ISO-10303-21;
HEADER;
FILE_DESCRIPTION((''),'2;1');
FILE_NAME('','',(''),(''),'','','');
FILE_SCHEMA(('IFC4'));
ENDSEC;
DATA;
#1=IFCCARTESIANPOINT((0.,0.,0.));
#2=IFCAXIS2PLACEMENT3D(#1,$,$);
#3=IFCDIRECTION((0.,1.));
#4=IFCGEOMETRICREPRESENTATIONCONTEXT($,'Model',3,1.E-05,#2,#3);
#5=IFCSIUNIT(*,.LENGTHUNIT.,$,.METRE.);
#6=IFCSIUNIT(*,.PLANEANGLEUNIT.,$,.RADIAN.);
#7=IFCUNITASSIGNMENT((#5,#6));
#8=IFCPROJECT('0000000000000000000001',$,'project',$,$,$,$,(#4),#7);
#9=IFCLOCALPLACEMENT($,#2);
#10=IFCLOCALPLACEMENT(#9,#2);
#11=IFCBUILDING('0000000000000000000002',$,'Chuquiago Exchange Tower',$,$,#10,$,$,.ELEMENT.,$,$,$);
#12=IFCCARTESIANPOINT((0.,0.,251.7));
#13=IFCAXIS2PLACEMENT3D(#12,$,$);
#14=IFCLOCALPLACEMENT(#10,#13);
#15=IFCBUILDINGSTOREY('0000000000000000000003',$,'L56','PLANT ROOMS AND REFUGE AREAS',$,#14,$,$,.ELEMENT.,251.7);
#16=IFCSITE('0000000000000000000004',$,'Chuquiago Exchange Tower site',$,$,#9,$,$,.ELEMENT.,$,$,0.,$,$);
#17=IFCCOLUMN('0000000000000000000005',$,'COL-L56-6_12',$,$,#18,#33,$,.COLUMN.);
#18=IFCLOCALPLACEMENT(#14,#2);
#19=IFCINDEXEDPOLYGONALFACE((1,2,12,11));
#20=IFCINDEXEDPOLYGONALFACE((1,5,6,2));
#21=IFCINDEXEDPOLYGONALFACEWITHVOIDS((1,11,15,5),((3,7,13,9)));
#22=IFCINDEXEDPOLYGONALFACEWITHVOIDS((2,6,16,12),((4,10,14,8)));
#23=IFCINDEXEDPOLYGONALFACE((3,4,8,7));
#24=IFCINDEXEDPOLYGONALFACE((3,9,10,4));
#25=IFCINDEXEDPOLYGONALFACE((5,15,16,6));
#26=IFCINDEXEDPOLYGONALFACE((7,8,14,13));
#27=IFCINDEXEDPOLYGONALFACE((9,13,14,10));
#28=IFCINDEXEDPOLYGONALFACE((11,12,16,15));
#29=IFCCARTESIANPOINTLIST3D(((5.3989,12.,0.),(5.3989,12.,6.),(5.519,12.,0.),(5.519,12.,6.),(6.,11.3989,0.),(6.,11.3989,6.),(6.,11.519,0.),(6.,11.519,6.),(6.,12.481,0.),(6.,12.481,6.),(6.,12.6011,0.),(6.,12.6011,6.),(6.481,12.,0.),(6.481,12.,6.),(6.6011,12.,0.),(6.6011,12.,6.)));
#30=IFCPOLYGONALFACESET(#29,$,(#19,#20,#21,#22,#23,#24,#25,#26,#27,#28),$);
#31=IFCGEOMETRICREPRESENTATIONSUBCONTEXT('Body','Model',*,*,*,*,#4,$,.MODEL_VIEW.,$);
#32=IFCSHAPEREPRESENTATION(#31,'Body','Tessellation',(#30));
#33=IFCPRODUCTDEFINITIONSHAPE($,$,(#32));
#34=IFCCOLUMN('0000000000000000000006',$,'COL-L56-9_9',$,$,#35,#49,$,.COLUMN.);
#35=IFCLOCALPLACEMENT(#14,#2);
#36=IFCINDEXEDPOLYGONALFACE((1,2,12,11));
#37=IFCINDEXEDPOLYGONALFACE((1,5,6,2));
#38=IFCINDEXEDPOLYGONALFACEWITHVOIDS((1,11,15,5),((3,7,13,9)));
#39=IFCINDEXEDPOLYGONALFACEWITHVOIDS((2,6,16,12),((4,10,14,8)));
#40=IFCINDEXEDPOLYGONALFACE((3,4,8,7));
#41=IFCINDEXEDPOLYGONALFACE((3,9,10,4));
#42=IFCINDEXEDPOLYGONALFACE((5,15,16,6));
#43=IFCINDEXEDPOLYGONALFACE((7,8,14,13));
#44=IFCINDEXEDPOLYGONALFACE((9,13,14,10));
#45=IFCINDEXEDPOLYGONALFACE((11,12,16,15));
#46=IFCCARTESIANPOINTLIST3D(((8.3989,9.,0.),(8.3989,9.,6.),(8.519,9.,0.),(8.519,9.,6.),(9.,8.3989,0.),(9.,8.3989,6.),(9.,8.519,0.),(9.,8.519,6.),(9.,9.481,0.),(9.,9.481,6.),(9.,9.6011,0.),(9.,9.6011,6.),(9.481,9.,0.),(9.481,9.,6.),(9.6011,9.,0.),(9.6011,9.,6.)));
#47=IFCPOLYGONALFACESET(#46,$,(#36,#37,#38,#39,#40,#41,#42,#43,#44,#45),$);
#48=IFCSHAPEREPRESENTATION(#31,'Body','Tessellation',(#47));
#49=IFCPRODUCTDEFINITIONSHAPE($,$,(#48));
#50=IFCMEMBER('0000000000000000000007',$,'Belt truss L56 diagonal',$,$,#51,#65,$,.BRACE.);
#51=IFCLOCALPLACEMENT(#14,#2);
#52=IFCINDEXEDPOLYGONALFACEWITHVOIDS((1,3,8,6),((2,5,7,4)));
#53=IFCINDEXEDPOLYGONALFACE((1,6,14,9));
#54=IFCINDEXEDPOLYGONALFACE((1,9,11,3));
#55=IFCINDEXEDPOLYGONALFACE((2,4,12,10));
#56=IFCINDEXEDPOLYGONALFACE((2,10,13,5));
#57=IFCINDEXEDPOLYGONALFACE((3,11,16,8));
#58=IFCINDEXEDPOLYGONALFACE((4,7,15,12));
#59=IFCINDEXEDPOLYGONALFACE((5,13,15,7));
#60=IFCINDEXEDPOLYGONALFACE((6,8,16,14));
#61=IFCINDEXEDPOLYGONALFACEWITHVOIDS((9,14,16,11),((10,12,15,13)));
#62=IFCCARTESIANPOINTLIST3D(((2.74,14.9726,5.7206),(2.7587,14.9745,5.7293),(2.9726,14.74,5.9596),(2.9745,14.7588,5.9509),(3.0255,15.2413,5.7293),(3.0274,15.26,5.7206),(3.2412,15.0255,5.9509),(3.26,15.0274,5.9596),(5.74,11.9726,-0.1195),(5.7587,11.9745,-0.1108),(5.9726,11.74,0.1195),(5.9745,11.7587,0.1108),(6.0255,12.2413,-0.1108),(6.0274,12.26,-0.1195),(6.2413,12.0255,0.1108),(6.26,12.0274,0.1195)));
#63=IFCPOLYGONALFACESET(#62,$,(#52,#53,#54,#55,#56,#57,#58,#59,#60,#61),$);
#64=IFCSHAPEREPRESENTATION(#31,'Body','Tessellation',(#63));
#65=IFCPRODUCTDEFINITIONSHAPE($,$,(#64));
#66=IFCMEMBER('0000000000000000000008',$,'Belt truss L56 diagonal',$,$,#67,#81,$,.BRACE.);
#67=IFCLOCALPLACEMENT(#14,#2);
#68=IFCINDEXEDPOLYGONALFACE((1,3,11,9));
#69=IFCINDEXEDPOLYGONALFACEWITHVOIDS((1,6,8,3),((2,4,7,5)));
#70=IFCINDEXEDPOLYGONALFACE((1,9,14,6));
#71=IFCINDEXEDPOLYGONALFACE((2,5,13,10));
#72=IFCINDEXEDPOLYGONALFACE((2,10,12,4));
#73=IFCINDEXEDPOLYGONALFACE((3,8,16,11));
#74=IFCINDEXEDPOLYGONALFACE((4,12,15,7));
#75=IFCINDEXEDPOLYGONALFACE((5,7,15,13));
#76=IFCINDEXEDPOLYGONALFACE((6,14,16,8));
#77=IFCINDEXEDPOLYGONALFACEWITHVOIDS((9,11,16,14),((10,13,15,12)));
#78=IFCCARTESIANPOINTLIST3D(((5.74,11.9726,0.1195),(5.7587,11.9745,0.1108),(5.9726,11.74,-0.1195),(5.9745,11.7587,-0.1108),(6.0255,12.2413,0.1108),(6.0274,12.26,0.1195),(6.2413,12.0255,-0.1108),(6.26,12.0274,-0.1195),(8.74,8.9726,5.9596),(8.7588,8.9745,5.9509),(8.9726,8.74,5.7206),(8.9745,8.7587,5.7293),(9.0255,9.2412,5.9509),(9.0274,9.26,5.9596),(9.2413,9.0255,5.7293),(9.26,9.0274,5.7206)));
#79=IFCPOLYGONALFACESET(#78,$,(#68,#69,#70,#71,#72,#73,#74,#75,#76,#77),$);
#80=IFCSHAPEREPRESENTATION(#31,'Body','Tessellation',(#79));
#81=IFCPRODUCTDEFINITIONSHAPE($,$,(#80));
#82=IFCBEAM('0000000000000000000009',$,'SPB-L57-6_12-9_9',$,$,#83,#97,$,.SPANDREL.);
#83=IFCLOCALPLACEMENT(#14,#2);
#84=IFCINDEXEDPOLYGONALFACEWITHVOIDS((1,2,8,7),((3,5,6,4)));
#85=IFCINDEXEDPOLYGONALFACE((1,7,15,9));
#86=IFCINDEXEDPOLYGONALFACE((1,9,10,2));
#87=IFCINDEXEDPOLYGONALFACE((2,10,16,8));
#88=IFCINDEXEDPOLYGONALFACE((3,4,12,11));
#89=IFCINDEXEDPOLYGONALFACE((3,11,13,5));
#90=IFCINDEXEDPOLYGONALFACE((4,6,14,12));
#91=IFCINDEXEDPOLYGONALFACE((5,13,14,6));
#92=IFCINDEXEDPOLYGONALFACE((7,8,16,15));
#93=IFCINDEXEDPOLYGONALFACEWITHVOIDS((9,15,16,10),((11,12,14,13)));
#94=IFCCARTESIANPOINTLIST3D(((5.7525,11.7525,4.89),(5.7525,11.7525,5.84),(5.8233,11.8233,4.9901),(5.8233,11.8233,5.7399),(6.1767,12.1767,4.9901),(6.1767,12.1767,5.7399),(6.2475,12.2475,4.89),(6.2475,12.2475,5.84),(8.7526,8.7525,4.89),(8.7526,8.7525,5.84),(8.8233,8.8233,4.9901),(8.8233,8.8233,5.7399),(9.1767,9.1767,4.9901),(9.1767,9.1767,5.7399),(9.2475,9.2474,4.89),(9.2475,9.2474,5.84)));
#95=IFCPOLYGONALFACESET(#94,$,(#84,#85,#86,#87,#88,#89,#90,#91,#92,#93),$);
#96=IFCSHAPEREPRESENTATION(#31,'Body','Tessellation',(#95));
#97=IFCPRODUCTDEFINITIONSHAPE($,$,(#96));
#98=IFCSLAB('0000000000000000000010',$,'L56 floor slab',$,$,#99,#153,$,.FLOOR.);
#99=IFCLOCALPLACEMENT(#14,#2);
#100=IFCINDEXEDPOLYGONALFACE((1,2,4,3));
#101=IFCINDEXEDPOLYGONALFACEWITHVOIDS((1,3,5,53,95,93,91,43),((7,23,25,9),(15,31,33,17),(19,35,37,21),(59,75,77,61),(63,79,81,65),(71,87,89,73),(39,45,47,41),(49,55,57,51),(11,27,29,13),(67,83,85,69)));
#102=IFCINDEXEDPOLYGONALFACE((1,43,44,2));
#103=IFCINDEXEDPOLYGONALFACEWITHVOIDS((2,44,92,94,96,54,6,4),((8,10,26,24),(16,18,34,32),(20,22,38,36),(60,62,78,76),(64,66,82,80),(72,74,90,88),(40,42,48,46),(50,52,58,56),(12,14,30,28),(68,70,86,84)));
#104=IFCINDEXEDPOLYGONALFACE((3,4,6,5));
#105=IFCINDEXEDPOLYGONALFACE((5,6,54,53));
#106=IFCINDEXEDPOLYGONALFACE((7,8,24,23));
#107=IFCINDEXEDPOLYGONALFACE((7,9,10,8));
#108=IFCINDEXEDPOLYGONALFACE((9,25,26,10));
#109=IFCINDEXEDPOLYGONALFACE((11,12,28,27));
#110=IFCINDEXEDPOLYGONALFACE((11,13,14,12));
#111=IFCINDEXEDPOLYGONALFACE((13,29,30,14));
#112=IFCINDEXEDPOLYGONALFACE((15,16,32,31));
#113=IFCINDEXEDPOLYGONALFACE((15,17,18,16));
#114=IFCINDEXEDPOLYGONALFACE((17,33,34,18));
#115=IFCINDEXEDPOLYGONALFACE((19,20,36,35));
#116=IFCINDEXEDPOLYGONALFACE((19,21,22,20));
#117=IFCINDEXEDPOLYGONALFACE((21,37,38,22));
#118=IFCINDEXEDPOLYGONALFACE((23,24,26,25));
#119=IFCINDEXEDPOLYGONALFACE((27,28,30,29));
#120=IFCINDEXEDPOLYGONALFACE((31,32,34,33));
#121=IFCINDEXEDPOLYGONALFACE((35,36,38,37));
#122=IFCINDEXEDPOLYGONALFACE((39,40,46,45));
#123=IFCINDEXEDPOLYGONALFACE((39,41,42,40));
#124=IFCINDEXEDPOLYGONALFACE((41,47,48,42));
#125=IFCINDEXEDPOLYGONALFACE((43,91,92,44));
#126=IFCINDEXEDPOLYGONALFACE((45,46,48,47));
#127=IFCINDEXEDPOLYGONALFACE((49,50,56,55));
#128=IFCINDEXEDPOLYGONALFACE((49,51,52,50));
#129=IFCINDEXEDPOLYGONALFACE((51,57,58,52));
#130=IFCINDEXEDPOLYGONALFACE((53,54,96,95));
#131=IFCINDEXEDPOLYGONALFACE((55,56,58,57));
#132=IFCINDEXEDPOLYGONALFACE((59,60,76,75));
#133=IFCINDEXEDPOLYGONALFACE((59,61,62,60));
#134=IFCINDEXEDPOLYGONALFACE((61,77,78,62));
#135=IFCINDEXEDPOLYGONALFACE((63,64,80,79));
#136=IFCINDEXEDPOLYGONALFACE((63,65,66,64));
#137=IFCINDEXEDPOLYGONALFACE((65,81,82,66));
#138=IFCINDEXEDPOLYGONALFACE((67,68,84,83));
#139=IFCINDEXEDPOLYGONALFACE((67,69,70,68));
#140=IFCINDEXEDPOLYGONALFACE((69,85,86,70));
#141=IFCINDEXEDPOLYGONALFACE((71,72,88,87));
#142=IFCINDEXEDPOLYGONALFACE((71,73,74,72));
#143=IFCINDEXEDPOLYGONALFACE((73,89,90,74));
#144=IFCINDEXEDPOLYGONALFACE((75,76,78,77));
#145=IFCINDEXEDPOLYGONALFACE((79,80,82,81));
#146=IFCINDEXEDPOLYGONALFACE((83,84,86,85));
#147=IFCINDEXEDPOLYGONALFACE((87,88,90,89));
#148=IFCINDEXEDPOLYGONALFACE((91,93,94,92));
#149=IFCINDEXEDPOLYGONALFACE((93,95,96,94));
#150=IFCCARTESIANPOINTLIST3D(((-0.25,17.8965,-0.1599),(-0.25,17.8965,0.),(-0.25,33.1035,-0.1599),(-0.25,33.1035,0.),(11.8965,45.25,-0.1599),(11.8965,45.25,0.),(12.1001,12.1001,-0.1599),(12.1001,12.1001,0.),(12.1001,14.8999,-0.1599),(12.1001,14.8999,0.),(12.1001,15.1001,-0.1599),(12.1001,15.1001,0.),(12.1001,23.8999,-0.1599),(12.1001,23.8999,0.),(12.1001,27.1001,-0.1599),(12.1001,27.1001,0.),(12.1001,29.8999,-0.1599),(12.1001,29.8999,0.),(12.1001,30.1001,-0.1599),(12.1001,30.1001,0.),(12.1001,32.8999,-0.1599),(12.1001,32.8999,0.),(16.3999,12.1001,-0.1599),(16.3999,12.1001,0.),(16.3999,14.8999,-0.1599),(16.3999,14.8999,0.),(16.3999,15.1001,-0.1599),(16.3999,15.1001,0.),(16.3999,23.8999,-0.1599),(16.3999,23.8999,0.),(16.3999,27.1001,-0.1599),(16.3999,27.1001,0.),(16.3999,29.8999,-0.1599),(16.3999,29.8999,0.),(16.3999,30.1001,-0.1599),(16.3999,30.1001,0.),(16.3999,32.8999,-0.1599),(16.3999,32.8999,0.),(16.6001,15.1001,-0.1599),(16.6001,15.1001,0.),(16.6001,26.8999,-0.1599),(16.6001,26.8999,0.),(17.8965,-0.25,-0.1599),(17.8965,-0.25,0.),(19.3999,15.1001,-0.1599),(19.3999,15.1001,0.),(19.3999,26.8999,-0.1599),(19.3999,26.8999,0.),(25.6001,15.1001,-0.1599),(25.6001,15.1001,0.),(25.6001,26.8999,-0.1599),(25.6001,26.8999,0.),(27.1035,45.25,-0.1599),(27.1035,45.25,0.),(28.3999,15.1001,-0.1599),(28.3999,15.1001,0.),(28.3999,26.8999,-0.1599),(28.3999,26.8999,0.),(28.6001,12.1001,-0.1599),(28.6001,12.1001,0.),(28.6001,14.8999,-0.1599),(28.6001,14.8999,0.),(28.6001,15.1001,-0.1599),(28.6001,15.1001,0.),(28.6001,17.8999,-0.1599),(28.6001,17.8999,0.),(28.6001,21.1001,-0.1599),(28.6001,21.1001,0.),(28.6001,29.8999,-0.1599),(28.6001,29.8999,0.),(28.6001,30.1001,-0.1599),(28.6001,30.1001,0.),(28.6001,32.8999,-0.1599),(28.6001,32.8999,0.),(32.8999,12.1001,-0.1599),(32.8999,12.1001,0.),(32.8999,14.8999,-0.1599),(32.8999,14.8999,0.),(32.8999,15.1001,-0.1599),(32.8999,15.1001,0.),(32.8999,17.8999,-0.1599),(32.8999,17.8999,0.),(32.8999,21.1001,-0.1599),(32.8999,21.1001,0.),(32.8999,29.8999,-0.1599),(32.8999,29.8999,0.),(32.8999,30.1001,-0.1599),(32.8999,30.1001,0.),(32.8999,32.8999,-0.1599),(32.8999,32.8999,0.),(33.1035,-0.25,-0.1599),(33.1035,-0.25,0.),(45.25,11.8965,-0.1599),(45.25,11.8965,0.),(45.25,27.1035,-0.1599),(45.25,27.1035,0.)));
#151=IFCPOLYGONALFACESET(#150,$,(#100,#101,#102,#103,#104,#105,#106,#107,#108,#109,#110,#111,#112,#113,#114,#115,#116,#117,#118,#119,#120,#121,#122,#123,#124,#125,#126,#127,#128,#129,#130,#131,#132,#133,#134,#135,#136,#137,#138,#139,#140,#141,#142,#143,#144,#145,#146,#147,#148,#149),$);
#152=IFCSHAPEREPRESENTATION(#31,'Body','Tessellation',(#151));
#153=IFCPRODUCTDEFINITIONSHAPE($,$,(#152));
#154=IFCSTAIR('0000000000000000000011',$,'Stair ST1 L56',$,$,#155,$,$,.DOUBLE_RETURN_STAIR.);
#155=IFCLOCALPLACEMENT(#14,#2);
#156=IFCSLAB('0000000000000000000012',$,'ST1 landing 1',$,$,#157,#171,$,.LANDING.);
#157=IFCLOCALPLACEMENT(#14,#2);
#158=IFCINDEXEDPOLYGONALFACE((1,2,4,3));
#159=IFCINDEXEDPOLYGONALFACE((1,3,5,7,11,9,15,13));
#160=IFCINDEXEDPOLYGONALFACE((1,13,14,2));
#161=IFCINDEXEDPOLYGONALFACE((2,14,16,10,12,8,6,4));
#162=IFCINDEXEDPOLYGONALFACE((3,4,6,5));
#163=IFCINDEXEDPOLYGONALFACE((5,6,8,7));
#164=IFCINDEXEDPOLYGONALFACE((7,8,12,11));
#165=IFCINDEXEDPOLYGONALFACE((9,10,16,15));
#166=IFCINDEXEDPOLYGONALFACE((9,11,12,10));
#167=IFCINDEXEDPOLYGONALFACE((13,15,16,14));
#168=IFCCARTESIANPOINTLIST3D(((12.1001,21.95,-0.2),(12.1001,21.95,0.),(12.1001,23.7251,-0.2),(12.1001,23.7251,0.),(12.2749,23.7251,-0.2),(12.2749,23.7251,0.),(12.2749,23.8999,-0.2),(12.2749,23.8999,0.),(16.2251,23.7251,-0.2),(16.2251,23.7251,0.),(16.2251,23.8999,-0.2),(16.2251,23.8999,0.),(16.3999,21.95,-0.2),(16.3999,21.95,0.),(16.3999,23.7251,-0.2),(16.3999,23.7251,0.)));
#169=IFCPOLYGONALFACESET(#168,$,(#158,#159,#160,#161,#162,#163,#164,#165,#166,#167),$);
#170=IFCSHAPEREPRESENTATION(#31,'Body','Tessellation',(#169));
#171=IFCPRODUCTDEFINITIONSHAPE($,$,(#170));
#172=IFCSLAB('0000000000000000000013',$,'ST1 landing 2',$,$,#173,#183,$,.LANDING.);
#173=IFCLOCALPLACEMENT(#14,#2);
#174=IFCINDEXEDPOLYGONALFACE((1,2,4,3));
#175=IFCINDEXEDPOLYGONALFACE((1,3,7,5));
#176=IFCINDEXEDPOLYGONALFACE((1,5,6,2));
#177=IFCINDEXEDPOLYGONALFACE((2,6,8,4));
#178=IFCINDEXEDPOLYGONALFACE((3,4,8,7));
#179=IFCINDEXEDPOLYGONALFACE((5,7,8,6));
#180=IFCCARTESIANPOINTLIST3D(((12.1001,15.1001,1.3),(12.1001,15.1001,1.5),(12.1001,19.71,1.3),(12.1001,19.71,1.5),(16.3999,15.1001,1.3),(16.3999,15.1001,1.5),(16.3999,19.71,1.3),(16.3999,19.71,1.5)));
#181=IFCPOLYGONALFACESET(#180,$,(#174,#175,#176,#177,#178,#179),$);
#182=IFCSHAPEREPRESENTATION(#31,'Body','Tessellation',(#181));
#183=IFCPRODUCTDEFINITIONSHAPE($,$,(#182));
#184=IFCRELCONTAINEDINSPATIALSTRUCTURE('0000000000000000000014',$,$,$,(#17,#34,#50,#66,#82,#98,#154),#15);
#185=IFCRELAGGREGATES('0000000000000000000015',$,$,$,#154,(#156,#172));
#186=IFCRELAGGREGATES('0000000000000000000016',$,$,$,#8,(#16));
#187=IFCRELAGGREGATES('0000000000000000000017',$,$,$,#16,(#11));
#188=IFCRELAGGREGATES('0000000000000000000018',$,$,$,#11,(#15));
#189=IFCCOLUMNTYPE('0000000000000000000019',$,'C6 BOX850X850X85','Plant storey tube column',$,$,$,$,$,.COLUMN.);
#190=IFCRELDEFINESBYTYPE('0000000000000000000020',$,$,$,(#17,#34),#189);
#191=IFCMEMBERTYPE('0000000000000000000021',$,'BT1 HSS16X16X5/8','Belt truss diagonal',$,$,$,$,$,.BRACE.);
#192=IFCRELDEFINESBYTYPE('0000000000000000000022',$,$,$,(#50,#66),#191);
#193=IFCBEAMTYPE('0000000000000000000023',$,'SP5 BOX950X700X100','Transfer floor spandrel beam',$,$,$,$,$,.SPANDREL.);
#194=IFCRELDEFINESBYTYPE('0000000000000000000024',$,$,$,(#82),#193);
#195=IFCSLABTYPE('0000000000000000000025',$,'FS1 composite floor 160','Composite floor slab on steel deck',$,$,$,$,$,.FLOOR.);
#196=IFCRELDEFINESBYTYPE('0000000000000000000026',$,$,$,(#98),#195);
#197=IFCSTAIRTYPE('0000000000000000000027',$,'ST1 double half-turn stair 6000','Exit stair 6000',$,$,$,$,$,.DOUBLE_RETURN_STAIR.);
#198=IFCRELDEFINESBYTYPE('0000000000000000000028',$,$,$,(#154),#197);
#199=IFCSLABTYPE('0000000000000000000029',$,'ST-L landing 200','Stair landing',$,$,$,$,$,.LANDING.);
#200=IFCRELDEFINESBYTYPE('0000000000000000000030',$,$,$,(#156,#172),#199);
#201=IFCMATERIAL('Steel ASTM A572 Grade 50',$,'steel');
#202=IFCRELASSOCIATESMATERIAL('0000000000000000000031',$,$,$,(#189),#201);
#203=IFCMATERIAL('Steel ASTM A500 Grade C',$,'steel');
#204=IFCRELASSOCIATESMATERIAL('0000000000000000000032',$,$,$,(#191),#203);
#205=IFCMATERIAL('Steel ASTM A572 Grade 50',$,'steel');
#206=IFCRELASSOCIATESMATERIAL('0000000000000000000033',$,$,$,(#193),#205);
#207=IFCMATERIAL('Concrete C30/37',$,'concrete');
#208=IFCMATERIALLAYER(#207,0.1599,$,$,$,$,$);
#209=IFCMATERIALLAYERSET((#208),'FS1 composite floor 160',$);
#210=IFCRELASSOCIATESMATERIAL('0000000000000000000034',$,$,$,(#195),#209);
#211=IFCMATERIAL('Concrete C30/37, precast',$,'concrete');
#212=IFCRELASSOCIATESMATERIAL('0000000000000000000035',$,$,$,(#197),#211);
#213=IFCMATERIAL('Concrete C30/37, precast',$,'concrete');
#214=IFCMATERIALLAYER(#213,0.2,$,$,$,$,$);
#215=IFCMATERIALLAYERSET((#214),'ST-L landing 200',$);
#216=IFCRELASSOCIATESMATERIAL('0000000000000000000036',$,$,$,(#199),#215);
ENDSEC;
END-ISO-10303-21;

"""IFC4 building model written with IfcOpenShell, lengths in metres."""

from ifc_helpers import new_model, si_unit, direction, frame, origin, origin_2d, place, context, subcontext, project, spatial, polyline, hollow_rectangle, outline, extrude, material, layer, layer_set, material_profile, profile_set, type_object, element, aggregate, save


model = new_model("IFC4")

# Units and contexts
model_context = context("Model", 3, precision=1e-05, world=origin(), true_north=direction((0.0, 1.0)))
body_context = subcontext(model_context, "Body", "Model", "MODEL_VIEW")
ifc_project = project(units=[si_unit("LENGTHUNIT", "METRE"), si_unit("PLANEANGLEUNIT", "RADIAN")], contexts=[model_context])

# Site, building, storey
site_placement = place(None, origin())
site = spatial("IfcSite", under=ifc_project, at=site_placement, Name="Chuquiago Exchange Tower site", CompositionType="ELEMENT", RefElevation=0.0)
building_placement = place(site_placement, origin())
building = spatial("IfcBuilding", under=site, at=building_placement, Name="Chuquiago Exchange Tower", CompositionType="ELEMENT")
storey_placement = place(building_placement, frame((0.0, 0.0, 251.7)))
storey = spatial("IfcBuildingStorey", under=building, at=storey_placement, Name="L56", Description="PLANT ROOMS AND REFUGE AREAS", CompositionType="ELEMENT", Elevation=251.7)

# Columns
ifc_material_1 = material(Name="Steel ASTM A572 Grade 50", Category="steel")
ifc_material_profile_1 = material_profile(ifc_material_1, hollow_rectangle(XDim=0.8501, YDim=0.8501, WallThickness=0.085, at=origin_2d()), Name="BOX850X850X85")
ifc_profile_set_1 = profile_set([ifc_material_profile_1], Name="Steel ASTM A572 Grade 50")
column_type = type_object("IfcColumnType", Name="C6 BOX850X850X85", Description="Plant storey tube column", PredefinedType="COLUMN", material=ifc_profile_set_1)
for number, where, z_axis, x_axis, name in (
    (1, (6.0, 12.0, 0.0), (0.0, 0.0, 1.0), (-0.707107, -0.707107, 0.0), "COL-L56-6_12"),
    (2, (9.0, 9.0, 0.0), (0.0, 0.0, 1.0), (-0.707107, -0.707107, 0.0), "COL-L56-9_9"),
):
    element("IfcColumn", number, at=place(storey_placement, frame(where, z_axis=z_axis, x_axis=x_axis)), inside=storey, type_object=column_type, Name=name, PredefinedType="COLUMN", context=body_context, shape_type="SweptSolid", body=[
        extrude(hollow_rectangle(XDim=0.8501, YDim=0.8501, WallThickness=0.085, at=origin_2d()), origin(), (0.0, 0.0, 1.0), 6.0),
    ])

# Members
ifc_material_2 = material(Name="Steel ASTM A500 Grade C", Category="steel")
ifc_material_profile_2 = material_profile(ifc_material_2, hollow_rectangle(XDim=0.4065, YDim=0.4065, WallThickness=0.0146, at=origin_2d()), Name="HSS16X16X5/8")
ifc_profile_set_2 = profile_set([ifc_material_profile_2], Name="Steel ASTM A500 Grade C")
member_type = type_object("IfcMemberType", Name="BT1 HSS16X16X5/8", Description="Belt truss diagonal", PredefinedType="BRACE", material=ifc_profile_set_2)
for number, where, z_axis, x_axis, name in (
    (3, (6.0, 12.0, 0.0), (-0.415599, 0.415599, 0.809045), (-0.707107, -0.707107, 0.0), "Belt truss L56 diagonal"),
    (4, (6.0, 12.0, 0.0), (0.415599, -0.415599, 0.809045), (0.707107, 0.707107, 0.0), "Belt truss L56 diagonal"),
):
    element("IfcMember", number, at=place(storey_placement, frame(where, z_axis=z_axis, x_axis=x_axis)), inside=storey, type_object=member_type, Name=name, PredefinedType="BRACE", context=body_context, shape_type="SweptSolid", body=[
        extrude(hollow_rectangle(XDim=0.4065, YDim=0.4065, WallThickness=0.0146, at=origin_2d()), origin(), (0.0, 0.0, 1.0), 7.2185),
    ])

# Beam
ifc_material_3 = material(Name="Steel ASTM A572 Grade 50", Category="steel")
ifc_material_profile_3 = material_profile(ifc_material_3, hollow_rectangle(XDim=0.7, YDim=0.95, WallThickness=0.1001, at=origin_2d()), Name="BOX950X700X100")
ifc_profile_set_3 = profile_set([ifc_material_profile_3], Name="Steel ASTM A572 Grade 50")
beam_type = type_object("IfcBeamType", Name="SP5 BOX950X700X100", Description="Transfer floor spandrel beam", PredefinedType="SPANDREL", material=ifc_profile_set_3)
beam_placement = place(storey_placement, frame((6.0, 12.0, 5.365), z_axis=(0.707107, -0.707107, 0.0), x_axis=(0.707107, 0.707107, 0.0)))
element("IfcBeam", 5, at=beam_placement, inside=storey, type_object=beam_type, Name="SPB-L57-6_12-9_9", PredefinedType="SPANDREL", context=body_context, shape_type="SweptSolid", body=[
    extrude(hollow_rectangle(XDim=0.7, YDim=0.95, WallThickness=0.1001, at=origin_2d()), origin(), (0.0, 0.0, 1.0), 4.2427),
])

# Slab
ifc_material_4 = material(Name="Concrete C30/37", Category="concrete")
ifc_layer_1 = layer(ifc_material_4, 0.1599)
ifc_layer_set_1 = layer_set([ifc_layer_1], Name="FS1 composite floor 160")
slab_type_1 = type_object("IfcSlabType", Name="FS1 composite floor 160", Description="Composite floor slab on steel deck", PredefinedType="FLOOR", material=ifc_layer_set_1)
slab_1_placement = place(storey_placement, frame((0.0, 0.0, -0.1599)))
element("IfcSlab", 6, at=slab_1_placement, inside=storey, type_object=slab_type_1, Name="L56 floor slab", PredefinedType="FLOOR", context=body_context, shape_type="SweptSolid", body=[
    extrude(outline(polyline([(17.8965, -0.25), (-0.25, 17.8965), (-0.25, 33.1035), (11.8965, 45.25), (27.1035, 45.25), (45.25, 27.1035), (45.25, 11.8965), (33.1035, -0.25), (17.8965, -0.25)]), holes=[polyline([(16.3999, 15.1001), (12.1001, 15.1001), (12.1001, 23.8999), (16.3999, 23.8999), (16.3999, 15.1001)]), polyline([(32.8999, 21.1001), (28.6001, 21.1001), (28.6001, 29.8999), (32.8999, 29.8999), (32.8999, 21.1001)]), polyline([(16.3999, 12.1001), (12.1001, 12.1001), (12.1001, 14.8999), (16.3999, 14.8999), (16.3999, 12.1001)]), polyline([(16.3999, 30.1001), (12.1001, 30.1001), (12.1001, 32.8999), (16.3999, 32.8999), (16.3999, 30.1001)]), polyline([(32.8999, 12.1001), (28.6001, 12.1001), (28.6001, 14.8999), (32.8999, 14.8999), (32.8999, 12.1001)]), polyline([(32.8999, 30.1001), (28.6001, 30.1001), (28.6001, 32.8999), (32.8999, 32.8999), (32.8999, 30.1001)]), polyline([(16.3999, 27.1001), (12.1001, 27.1001), (12.1001, 29.8999), (16.3999, 29.8999), (16.3999, 27.1001)]), polyline([(32.8999, 15.1001), (28.6001, 15.1001), (28.6001, 17.8999), (32.8999, 17.8999), (32.8999, 15.1001)]), polyline([(19.3999, 15.1001), (16.6001, 15.1001), (16.6001, 26.8999), (19.3999, 26.8999), (19.3999, 15.1001)]), polyline([(28.3999, 15.1001), (25.6001, 15.1001), (25.6001, 26.8999), (28.3999, 26.8999), (28.3999, 15.1001)])]), origin(), (0.0, 0.0, 1.0), 0.1599),
])

# Stair, slabs
ifc_material_5 = material(Name="Concrete C30/37, precast", Category="concrete")
stair_type_1 = type_object("IfcStairType", Name="ST1 double half-turn stair 6000", Description="Exit stair 6000", PredefinedType="DOUBLE_RETURN_STAIR", material=ifc_material_5)
stair_1_placement = place(storey_placement, origin())
stair_1 = element("IfcStair", 7, at=stair_1_placement, inside=storey, type_object=stair_type_1, Name="Stair ST1 L56", PredefinedType="DOUBLE_RETURN_STAIR")
ifc_material_6 = material(Name="Concrete C30/37, precast", Category="concrete")
ifc_layer_2 = layer(ifc_material_6, 0.2)
ifc_layer_set_2 = layer_set([ifc_layer_2], Name="ST-L landing 200")
slab_type_2 = type_object("IfcSlabType", Name="ST-L landing 200", Description="Stair landing", PredefinedType="LANDING", material=ifc_layer_set_2)
slab_2_placement = place(storey_placement, frame((0.0, 0.0, -0.2)))
slab_2 = element("IfcSlab", 8, at=slab_2_placement, type_object=slab_type_2, Name="ST1 landing 1", PredefinedType="LANDING", context=body_context, shape_type="SweptSolid", body=[
    extrude(outline(polyline([(12.2749, 23.8999), (16.2251, 23.8999), (16.2251, 23.7251), (16.3999, 23.7251), (16.3999, 21.95), (12.1001, 21.95), (12.1001, 23.7251), (12.2749, 23.7251), (12.2749, 23.8999)])), origin(), (0.0, 0.0, 1.0), 0.2),
])
slab_3_placement = place(storey_placement, frame((0.0, 0.0, 1.3)))
slab_3 = element("IfcSlab", 9, at=slab_3_placement, type_object=slab_type_2, Name="ST1 landing 2", PredefinedType="LANDING", context=body_context, shape_type="SweptSolid", body=[
    extrude(outline(polyline([(12.1001, 19.71), (16.3999, 19.71), (16.3999, 15.1001), (12.1001, 15.1001), (12.1001, 19.71)])), origin(), (0.0, 0.0, 1.0), 0.2),
])
aggregate(stair_1, [slab_2, slab_3])

save(model, "model.ifc")
